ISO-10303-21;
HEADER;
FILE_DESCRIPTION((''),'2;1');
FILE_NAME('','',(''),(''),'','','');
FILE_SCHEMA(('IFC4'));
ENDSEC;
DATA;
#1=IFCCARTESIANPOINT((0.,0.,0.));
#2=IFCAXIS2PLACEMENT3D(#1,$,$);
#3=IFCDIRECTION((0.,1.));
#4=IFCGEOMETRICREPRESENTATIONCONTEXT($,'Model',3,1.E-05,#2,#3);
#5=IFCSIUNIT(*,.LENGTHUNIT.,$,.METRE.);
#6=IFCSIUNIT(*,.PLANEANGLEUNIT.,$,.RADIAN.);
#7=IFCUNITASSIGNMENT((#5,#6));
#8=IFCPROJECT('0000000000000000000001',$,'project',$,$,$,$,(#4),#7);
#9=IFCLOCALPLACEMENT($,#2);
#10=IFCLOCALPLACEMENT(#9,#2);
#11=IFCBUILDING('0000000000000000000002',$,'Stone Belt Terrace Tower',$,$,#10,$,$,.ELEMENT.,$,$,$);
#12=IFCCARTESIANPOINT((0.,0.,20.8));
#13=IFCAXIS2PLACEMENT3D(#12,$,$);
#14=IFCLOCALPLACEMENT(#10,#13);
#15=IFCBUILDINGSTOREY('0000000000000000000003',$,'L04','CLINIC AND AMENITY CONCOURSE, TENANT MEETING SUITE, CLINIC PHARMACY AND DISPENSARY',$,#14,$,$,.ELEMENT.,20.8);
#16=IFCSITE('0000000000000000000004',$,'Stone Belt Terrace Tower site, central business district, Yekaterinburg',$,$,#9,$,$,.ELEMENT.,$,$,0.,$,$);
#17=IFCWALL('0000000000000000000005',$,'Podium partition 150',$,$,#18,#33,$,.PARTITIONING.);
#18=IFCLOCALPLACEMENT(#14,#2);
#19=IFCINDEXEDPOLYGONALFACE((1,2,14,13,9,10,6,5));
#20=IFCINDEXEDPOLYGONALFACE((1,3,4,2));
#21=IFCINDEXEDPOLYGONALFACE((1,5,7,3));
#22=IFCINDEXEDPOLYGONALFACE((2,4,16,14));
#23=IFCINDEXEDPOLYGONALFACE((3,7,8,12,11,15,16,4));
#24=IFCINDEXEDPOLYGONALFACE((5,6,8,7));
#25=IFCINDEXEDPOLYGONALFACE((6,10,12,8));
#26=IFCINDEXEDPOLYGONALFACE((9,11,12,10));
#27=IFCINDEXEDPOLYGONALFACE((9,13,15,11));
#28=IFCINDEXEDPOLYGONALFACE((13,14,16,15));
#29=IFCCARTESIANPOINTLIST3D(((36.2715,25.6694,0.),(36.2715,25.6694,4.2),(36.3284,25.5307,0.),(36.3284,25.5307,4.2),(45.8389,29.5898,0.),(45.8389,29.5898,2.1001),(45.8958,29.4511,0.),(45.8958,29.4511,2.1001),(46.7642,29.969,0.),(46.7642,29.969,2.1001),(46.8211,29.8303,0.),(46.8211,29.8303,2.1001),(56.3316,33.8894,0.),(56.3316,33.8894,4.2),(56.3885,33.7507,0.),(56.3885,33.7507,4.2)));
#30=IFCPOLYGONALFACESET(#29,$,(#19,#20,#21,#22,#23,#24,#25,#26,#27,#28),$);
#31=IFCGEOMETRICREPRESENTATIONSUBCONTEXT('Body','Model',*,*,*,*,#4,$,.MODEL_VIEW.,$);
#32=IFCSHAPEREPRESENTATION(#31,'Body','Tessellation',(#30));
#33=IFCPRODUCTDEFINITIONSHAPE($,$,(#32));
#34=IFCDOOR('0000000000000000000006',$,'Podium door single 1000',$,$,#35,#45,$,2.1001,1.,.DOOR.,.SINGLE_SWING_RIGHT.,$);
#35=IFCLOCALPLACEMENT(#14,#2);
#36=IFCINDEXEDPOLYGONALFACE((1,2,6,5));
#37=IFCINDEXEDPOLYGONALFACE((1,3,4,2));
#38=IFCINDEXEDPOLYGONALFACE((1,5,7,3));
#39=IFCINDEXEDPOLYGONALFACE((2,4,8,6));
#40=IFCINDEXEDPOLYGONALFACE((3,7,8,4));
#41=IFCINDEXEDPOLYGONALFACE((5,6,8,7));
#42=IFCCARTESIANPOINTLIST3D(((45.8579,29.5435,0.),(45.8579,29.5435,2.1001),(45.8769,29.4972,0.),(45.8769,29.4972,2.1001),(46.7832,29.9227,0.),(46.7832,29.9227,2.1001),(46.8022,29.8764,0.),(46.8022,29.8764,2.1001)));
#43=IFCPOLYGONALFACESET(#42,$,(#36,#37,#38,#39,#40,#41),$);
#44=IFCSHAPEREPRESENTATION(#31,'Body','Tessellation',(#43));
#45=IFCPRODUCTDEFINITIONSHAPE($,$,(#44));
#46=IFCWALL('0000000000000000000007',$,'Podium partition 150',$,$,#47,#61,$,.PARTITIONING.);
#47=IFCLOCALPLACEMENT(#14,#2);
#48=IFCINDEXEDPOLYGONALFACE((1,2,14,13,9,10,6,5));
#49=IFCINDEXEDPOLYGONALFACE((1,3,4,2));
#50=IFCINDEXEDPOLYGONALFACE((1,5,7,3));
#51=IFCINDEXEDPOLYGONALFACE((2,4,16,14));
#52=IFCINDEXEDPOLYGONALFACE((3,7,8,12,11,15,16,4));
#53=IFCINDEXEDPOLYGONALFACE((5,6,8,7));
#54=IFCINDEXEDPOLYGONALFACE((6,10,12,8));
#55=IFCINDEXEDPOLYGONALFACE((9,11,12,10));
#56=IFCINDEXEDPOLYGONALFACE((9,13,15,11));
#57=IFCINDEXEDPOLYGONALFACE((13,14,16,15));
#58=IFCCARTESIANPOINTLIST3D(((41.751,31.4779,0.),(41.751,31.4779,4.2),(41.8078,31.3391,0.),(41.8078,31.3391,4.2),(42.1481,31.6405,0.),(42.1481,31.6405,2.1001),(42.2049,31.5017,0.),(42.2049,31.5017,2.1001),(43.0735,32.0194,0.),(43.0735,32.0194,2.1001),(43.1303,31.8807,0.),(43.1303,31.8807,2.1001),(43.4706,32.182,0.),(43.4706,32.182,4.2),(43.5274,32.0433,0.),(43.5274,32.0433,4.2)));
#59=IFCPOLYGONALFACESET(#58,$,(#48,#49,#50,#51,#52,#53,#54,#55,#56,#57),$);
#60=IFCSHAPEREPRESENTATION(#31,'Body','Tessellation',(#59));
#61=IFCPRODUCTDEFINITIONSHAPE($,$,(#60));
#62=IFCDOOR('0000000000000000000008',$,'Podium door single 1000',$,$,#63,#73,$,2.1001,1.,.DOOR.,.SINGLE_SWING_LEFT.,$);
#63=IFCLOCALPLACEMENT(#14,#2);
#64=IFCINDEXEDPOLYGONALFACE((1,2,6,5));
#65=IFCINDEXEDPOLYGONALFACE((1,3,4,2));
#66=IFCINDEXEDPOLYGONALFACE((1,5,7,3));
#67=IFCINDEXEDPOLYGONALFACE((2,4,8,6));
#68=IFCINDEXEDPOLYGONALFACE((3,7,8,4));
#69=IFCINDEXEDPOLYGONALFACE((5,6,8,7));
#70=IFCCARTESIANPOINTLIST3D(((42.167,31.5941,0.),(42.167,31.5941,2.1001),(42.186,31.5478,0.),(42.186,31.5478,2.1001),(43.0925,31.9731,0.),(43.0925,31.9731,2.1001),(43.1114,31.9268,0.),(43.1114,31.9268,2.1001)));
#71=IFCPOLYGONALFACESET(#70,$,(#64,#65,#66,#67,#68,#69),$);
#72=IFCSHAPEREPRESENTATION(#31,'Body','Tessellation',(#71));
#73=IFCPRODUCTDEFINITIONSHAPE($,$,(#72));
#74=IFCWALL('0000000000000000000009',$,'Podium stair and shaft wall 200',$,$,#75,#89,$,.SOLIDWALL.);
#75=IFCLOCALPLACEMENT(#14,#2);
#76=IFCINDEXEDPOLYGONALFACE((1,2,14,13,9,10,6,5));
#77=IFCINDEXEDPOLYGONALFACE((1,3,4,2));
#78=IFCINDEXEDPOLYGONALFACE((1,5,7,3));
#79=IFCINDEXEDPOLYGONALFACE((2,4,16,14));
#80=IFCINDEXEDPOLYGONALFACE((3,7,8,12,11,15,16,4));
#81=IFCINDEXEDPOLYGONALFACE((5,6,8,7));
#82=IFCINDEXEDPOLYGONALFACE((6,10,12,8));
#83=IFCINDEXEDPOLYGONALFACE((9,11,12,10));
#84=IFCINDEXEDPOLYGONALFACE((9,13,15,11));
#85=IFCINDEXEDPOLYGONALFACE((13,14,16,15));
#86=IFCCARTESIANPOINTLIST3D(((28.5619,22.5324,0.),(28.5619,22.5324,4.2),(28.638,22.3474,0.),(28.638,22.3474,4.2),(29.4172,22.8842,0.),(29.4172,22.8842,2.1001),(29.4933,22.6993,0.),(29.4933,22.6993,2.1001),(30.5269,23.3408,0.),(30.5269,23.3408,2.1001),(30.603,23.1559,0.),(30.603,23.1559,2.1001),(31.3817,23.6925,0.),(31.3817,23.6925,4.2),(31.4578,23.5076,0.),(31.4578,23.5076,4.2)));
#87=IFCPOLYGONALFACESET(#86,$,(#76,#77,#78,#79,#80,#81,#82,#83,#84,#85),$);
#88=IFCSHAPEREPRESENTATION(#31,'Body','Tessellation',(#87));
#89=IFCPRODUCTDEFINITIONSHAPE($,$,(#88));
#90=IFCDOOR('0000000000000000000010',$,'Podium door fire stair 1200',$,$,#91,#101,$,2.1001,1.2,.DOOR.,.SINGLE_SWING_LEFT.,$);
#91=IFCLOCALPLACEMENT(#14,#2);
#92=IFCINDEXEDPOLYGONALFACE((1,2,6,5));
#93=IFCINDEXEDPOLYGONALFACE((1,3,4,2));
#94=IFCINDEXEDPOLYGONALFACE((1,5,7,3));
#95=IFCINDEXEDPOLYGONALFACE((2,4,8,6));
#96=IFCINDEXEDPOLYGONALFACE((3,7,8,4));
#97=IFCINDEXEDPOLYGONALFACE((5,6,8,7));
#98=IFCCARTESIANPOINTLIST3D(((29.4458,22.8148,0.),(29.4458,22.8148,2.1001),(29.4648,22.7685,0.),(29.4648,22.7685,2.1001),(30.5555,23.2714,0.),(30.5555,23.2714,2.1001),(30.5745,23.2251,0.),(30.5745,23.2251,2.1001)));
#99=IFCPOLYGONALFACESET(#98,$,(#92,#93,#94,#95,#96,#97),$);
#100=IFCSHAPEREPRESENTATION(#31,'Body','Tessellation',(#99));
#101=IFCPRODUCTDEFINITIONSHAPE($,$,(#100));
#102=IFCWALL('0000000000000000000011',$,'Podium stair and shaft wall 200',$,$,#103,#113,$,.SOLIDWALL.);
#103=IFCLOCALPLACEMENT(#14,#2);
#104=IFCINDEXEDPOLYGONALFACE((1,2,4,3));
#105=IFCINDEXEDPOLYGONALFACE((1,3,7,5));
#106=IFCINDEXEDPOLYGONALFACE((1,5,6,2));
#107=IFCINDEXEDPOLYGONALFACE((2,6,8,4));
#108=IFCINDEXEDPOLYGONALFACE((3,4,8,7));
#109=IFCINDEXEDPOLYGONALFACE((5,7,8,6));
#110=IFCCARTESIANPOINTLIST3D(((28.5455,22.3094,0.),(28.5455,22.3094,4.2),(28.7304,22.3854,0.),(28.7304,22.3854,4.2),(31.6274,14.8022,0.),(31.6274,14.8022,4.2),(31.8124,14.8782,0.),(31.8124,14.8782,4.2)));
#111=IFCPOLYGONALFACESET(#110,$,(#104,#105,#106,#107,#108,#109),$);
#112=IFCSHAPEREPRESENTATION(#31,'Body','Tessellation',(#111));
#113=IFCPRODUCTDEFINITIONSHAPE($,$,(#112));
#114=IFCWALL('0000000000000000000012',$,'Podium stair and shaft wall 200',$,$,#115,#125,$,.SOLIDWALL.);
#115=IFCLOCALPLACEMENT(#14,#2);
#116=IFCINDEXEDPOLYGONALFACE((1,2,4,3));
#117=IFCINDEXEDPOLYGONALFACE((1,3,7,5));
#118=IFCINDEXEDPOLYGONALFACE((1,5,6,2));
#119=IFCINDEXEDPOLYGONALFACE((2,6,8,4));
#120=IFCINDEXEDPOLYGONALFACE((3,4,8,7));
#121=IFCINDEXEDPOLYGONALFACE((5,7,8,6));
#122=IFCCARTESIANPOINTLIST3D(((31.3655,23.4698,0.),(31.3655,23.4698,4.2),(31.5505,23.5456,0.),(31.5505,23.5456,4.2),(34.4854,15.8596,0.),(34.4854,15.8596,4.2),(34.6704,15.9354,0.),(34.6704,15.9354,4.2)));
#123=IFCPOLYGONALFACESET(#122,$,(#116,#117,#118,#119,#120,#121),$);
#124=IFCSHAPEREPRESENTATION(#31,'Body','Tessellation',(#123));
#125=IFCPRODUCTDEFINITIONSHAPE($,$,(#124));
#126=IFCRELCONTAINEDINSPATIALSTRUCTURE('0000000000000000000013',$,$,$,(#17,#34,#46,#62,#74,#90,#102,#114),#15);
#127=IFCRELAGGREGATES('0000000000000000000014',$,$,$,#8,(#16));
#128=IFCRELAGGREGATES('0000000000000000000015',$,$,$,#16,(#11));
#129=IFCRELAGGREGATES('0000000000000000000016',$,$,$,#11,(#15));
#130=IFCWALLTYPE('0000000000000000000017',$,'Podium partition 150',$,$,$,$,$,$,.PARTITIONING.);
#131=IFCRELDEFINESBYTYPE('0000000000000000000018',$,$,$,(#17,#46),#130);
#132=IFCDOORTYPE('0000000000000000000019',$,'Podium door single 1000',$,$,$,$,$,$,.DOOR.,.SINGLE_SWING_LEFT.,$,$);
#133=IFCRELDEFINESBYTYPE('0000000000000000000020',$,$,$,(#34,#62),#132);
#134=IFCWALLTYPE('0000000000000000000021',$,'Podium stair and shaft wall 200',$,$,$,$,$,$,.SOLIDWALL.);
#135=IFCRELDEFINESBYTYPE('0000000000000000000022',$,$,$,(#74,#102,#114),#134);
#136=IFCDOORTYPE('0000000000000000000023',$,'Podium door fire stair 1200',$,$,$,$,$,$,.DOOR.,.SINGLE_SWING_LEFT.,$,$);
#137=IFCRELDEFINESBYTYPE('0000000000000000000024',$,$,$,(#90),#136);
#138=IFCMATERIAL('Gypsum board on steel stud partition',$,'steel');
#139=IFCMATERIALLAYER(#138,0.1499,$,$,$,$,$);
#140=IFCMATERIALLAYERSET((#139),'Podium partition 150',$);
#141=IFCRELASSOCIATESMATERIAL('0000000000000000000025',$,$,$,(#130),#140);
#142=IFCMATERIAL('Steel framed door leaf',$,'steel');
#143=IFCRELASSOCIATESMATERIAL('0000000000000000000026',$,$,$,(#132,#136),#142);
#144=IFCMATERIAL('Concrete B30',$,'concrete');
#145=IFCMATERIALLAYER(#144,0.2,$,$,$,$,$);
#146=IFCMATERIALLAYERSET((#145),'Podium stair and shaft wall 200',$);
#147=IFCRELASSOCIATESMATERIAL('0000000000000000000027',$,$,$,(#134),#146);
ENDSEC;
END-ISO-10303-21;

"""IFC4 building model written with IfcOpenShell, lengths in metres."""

from ifc_helpers import new_model, si_unit, direction, frame, frame_2d, origin, place, context, subcontext, project, spatial, rectangle, extrude, material, layer, layer_set, type_object, element, fill, save


model = new_model("IFC4")

# Units and contexts
model_context = context("Model", 3, precision=1e-05, world=origin(), true_north=direction((0.0, 1.0)))
body_context = subcontext(model_context, "Body", "Model", "MODEL_VIEW")
ifc_project = project(units=[si_unit("LENGTHUNIT", "METRE"), si_unit("PLANEANGLEUNIT", "RADIAN")], contexts=[model_context])

# Site, building, storey
site_placement = place(None, origin())
site = spatial("IfcSite", under=ifc_project, at=site_placement, Name="Stone Belt Terrace Tower site, central business district, Yekaterinburg", CompositionType="ELEMENT", RefElevation=0.0)
building_placement = place(site_placement, origin())
building = spatial("IfcBuilding", under=site, at=building_placement, Name="Stone Belt Terrace Tower", CompositionType="ELEMENT")
storey_placement = place(building_placement, frame((0.0, 0.0, 20.8)))
storey = spatial("IfcBuildingStorey", under=building, at=storey_placement, Name="L04", Description="CLINIC AND AMENITY CONCOURSE, TENANT MEETING SUITE, CLINIC PHARMACY AND DISPENSARY", CompositionType="ELEMENT", Elevation=20.8)

# Shared definitions
ifc_material_1 = material(Name="Gypsum board on steel stud partition", Category="steel")
ifc_layer_1 = layer(ifc_material_1, 0.1499)
ifc_layer_set_1 = layer_set([ifc_layer_1], Name="Podium partition 150")
wall_type_1 = type_object("IfcWallType", Name="Podium partition 150", PredefinedType="PARTITIONING", material=ifc_layer_set_1)

# Walls, openings, doors
wall_1_placement = place(storey_placement, frame((36.3, 25.6001, 0.0), z_axis=(0.0, 0.0, 1.0), x_axis=(0.925327, 0.37917, 0.0)))
wall_1 = element("IfcWall", 1, at=wall_1_placement, inside=storey, type_object=wall_type_1, Name="Podium partition 150", PredefinedType="PARTITIONING", context=body_context, shape_type="SweptSolid", body=[
    extrude(rectangle(XDim=21.679, YDim=0.1499, at=frame_2d((10.8394, 0.0))), origin(), (0.0, 0.0, 1.0), 4.2),
])
opening_1_placement = place(wall_1_placement, frame((10.3394, 0.0, 0.0)))
opening_1 = element("IfcOpeningElement", 2, at=opening_1_placement, cuts=wall_1, PredefinedType="OPENING", context=body_context, shape_type="SweptSolid", body=[
    extrude(rectangle(XDim=1.0, YDim=2.1001, at=frame_2d((0.5, 1.05))), frame((0.0, 0.085, 0.0), z_axis=(0.0, -1.0, 0.0), x_axis=(1.0, 0.0, 0.0)), (0.0, 0.0, 1.0), 0.1699),
])
ifc_material_2 = material(Name="Steel framed door leaf", Category="steel")
door_type_1 = type_object("IfcDoorType", Name="Podium door single 1000", OperationType="SINGLE_SWING_LEFT", PredefinedType="DOOR", material=ifc_material_2)
door_1_placement = place(opening_1_placement, origin())
door_1 = element("IfcDoor", 3, at=door_1_placement, inside=storey, type_object=door_type_1, Name="Podium door single 1000", OperationType="SINGLE_SWING_RIGHT", OverallHeight=2.1001, OverallWidth=1.0, PredefinedType="DOOR", context=body_context, shape_type="SweptSolid", body=[
    extrude(rectangle(XDim=1.0, YDim=2.1001, at=frame_2d((0.5, 1.05))), frame((0.0, 0.0249, 0.0), z_axis=(0.0, -1.0, 0.0), x_axis=(1.0, 0.0, 0.0)), (0.0, 0.0, 1.0), 0.05),
])
fill(opening_1, door_1)
wall_2_placement = place(storey_placement, frame((41.7793, 31.4084, 0.0), z_axis=(0.0, 0.0, 1.0), x_axis=(0.925419, 0.378945, 0.0)))
wall_2 = element("IfcWall", 4, at=wall_2_placement, inside=storey, type_object=wall_type_1, Name="Podium partition 150", PredefinedType="PARTITIONING", context=body_context, shape_type="SweptSolid", body=[
    extrude(rectangle(XDim=1.8582, YDim=0.1499, at=frame_2d((0.9292, 0.0))), origin(), (0.0, 0.0, 1.0), 4.2),
])
opening_2_placement = place(wall_2_placement, frame((0.4292, 0.0, 0.0)))
opening_2 = element("IfcOpeningElement", 5, at=opening_2_placement, cuts=wall_2, PredefinedType="OPENING", context=body_context, shape_type="SweptSolid", body=[
    extrude(rectangle(XDim=1.0, YDim=2.1001, at=frame_2d((0.5, 1.05))), frame((0.0, 0.085, 0.0), z_axis=(0.0, -1.0, 0.0), x_axis=(1.0, 0.0, 0.0)), (0.0, 0.0, 1.0), 0.1699),
])
door_2_placement = place(opening_2_placement, origin())
door_2 = element("IfcDoor", 6, at=door_2_placement, inside=storey, type_object=door_type_1, Name="Podium door single 1000", OperationType="SINGLE_SWING_LEFT", OverallHeight=2.1001, OverallWidth=1.0, PredefinedType="DOOR", context=body_context, shape_type="SweptSolid", body=[
    extrude(rectangle(XDim=1.0, YDim=2.1001, at=frame_2d((0.5, 1.05))), frame((0.0, 0.0249, 0.0), z_axis=(0.0, -1.0, 0.0), x_axis=(1.0, 0.0, 0.0)), (0.0, 0.0, 1.0), 0.05),
])
fill(opening_2, door_2)
ifc_material_3 = material(Name="Concrete B30", Category="concrete")
ifc_layer_2 = layer(ifc_material_3, 0.2)
ifc_layer_set_2 = layer_set([ifc_layer_2], Name="Podium stair and shaft wall 200")
wall_type_2 = type_object("IfcWallType", Name="Podium stair and shaft wall 200", PredefinedType="SOLIDWALL", material=ifc_layer_set_2)
wall_3_placement = place(storey_placement, frame((28.6001, 22.4399, 0.0), z_axis=(0.0, 0.0, 1.0), x_axis=(0.924788, 0.380484, 0.0)))
wall_3 = element("IfcWall", 7, at=wall_3_placement, inside=storey, type_object=wall_type_2, Name="Podium stair and shaft wall 200", PredefinedType="SOLIDWALL", context=body_context, shape_type="SweptSolid", body=[
    extrude(rectangle(XDim=3.0491, YDim=0.2, at=frame_2d((1.5244, 0.0))), origin(), (0.0, 0.0, 1.0), 4.2),
])
opening_3_placement = place(wall_3_placement, frame((0.9246, 0.0, 0.0)))
opening_3 = element("IfcOpeningElement", 8, at=opening_3_placement, cuts=wall_3, PredefinedType="OPENING", context=body_context, shape_type="SweptSolid", body=[
    extrude(rectangle(XDim=1.2, YDim=2.1001, at=frame_2d((0.6001, 1.05))), frame((0.0, 0.1099, 0.0), z_axis=(0.0, -1.0, 0.0), x_axis=(1.0, 0.0, 0.0)), (0.0, 0.0, 1.0), 0.22),
])
door_type_2 = type_object("IfcDoorType", Name="Podium door fire stair 1200", OperationType="SINGLE_SWING_LEFT", PredefinedType="DOOR", material=ifc_material_2)
door_3_placement = place(opening_3_placement, origin())
door_3 = element("IfcDoor", 9, at=door_3_placement, inside=storey, type_object=door_type_2, Name="Podium door fire stair 1200", OperationType="SINGLE_SWING_LEFT", OverallHeight=2.1001, OverallWidth=1.2, PredefinedType="DOOR", context=body_context, shape_type="SweptSolid", body=[
    extrude(rectangle(XDim=1.2, YDim=2.1001, at=frame_2d((0.6001, 1.05))), frame((0.0, 0.0249, 0.0), z_axis=(0.0, -1.0, 0.0), x_axis=(1.0, 0.0, 0.0)), (0.0, 0.0, 1.0), 0.05),
])
fill(opening_3, door_3)

# Walls
wall_4_placement = place(storey_placement, frame((28.6379, 22.3474, 0.0), z_axis=(0.0, 0.0, 1.0), x_axis=(0.379778, -0.925078, 0.0)))
element("IfcWall", 10, at=wall_4_placement, inside=storey, type_object=wall_type_2, Name="Podium stair and shaft wall 200", PredefinedType="SOLIDWALL", context=body_context, shape_type="SweptSolid", body=[
    extrude(rectangle(XDim=8.1152, YDim=0.2, at=frame_2d((4.0576, 0.0))), origin(), (0.0, 0.0, 1.0), 4.2),
])
wall_5_placement = place(storey_placement, frame((31.458, 23.5076, 0.0), z_axis=(0.0, 0.0, 1.0), x_axis=(0.379325, -0.925263, 0.0)))
element("IfcWall", 11, at=wall_5_placement, inside=storey, type_object=wall_type_2, Name="Podium stair and shaft wall 200", PredefinedType="SOLIDWALL", context=body_context, shape_type="SweptSolid", body=[
    extrude(rectangle(XDim=8.2249, YDim=0.2, at=frame_2d((4.1123, 0.0))), origin(), (0.0, 0.0, 1.0), 4.2),
])

save(model, "model.ifc")
